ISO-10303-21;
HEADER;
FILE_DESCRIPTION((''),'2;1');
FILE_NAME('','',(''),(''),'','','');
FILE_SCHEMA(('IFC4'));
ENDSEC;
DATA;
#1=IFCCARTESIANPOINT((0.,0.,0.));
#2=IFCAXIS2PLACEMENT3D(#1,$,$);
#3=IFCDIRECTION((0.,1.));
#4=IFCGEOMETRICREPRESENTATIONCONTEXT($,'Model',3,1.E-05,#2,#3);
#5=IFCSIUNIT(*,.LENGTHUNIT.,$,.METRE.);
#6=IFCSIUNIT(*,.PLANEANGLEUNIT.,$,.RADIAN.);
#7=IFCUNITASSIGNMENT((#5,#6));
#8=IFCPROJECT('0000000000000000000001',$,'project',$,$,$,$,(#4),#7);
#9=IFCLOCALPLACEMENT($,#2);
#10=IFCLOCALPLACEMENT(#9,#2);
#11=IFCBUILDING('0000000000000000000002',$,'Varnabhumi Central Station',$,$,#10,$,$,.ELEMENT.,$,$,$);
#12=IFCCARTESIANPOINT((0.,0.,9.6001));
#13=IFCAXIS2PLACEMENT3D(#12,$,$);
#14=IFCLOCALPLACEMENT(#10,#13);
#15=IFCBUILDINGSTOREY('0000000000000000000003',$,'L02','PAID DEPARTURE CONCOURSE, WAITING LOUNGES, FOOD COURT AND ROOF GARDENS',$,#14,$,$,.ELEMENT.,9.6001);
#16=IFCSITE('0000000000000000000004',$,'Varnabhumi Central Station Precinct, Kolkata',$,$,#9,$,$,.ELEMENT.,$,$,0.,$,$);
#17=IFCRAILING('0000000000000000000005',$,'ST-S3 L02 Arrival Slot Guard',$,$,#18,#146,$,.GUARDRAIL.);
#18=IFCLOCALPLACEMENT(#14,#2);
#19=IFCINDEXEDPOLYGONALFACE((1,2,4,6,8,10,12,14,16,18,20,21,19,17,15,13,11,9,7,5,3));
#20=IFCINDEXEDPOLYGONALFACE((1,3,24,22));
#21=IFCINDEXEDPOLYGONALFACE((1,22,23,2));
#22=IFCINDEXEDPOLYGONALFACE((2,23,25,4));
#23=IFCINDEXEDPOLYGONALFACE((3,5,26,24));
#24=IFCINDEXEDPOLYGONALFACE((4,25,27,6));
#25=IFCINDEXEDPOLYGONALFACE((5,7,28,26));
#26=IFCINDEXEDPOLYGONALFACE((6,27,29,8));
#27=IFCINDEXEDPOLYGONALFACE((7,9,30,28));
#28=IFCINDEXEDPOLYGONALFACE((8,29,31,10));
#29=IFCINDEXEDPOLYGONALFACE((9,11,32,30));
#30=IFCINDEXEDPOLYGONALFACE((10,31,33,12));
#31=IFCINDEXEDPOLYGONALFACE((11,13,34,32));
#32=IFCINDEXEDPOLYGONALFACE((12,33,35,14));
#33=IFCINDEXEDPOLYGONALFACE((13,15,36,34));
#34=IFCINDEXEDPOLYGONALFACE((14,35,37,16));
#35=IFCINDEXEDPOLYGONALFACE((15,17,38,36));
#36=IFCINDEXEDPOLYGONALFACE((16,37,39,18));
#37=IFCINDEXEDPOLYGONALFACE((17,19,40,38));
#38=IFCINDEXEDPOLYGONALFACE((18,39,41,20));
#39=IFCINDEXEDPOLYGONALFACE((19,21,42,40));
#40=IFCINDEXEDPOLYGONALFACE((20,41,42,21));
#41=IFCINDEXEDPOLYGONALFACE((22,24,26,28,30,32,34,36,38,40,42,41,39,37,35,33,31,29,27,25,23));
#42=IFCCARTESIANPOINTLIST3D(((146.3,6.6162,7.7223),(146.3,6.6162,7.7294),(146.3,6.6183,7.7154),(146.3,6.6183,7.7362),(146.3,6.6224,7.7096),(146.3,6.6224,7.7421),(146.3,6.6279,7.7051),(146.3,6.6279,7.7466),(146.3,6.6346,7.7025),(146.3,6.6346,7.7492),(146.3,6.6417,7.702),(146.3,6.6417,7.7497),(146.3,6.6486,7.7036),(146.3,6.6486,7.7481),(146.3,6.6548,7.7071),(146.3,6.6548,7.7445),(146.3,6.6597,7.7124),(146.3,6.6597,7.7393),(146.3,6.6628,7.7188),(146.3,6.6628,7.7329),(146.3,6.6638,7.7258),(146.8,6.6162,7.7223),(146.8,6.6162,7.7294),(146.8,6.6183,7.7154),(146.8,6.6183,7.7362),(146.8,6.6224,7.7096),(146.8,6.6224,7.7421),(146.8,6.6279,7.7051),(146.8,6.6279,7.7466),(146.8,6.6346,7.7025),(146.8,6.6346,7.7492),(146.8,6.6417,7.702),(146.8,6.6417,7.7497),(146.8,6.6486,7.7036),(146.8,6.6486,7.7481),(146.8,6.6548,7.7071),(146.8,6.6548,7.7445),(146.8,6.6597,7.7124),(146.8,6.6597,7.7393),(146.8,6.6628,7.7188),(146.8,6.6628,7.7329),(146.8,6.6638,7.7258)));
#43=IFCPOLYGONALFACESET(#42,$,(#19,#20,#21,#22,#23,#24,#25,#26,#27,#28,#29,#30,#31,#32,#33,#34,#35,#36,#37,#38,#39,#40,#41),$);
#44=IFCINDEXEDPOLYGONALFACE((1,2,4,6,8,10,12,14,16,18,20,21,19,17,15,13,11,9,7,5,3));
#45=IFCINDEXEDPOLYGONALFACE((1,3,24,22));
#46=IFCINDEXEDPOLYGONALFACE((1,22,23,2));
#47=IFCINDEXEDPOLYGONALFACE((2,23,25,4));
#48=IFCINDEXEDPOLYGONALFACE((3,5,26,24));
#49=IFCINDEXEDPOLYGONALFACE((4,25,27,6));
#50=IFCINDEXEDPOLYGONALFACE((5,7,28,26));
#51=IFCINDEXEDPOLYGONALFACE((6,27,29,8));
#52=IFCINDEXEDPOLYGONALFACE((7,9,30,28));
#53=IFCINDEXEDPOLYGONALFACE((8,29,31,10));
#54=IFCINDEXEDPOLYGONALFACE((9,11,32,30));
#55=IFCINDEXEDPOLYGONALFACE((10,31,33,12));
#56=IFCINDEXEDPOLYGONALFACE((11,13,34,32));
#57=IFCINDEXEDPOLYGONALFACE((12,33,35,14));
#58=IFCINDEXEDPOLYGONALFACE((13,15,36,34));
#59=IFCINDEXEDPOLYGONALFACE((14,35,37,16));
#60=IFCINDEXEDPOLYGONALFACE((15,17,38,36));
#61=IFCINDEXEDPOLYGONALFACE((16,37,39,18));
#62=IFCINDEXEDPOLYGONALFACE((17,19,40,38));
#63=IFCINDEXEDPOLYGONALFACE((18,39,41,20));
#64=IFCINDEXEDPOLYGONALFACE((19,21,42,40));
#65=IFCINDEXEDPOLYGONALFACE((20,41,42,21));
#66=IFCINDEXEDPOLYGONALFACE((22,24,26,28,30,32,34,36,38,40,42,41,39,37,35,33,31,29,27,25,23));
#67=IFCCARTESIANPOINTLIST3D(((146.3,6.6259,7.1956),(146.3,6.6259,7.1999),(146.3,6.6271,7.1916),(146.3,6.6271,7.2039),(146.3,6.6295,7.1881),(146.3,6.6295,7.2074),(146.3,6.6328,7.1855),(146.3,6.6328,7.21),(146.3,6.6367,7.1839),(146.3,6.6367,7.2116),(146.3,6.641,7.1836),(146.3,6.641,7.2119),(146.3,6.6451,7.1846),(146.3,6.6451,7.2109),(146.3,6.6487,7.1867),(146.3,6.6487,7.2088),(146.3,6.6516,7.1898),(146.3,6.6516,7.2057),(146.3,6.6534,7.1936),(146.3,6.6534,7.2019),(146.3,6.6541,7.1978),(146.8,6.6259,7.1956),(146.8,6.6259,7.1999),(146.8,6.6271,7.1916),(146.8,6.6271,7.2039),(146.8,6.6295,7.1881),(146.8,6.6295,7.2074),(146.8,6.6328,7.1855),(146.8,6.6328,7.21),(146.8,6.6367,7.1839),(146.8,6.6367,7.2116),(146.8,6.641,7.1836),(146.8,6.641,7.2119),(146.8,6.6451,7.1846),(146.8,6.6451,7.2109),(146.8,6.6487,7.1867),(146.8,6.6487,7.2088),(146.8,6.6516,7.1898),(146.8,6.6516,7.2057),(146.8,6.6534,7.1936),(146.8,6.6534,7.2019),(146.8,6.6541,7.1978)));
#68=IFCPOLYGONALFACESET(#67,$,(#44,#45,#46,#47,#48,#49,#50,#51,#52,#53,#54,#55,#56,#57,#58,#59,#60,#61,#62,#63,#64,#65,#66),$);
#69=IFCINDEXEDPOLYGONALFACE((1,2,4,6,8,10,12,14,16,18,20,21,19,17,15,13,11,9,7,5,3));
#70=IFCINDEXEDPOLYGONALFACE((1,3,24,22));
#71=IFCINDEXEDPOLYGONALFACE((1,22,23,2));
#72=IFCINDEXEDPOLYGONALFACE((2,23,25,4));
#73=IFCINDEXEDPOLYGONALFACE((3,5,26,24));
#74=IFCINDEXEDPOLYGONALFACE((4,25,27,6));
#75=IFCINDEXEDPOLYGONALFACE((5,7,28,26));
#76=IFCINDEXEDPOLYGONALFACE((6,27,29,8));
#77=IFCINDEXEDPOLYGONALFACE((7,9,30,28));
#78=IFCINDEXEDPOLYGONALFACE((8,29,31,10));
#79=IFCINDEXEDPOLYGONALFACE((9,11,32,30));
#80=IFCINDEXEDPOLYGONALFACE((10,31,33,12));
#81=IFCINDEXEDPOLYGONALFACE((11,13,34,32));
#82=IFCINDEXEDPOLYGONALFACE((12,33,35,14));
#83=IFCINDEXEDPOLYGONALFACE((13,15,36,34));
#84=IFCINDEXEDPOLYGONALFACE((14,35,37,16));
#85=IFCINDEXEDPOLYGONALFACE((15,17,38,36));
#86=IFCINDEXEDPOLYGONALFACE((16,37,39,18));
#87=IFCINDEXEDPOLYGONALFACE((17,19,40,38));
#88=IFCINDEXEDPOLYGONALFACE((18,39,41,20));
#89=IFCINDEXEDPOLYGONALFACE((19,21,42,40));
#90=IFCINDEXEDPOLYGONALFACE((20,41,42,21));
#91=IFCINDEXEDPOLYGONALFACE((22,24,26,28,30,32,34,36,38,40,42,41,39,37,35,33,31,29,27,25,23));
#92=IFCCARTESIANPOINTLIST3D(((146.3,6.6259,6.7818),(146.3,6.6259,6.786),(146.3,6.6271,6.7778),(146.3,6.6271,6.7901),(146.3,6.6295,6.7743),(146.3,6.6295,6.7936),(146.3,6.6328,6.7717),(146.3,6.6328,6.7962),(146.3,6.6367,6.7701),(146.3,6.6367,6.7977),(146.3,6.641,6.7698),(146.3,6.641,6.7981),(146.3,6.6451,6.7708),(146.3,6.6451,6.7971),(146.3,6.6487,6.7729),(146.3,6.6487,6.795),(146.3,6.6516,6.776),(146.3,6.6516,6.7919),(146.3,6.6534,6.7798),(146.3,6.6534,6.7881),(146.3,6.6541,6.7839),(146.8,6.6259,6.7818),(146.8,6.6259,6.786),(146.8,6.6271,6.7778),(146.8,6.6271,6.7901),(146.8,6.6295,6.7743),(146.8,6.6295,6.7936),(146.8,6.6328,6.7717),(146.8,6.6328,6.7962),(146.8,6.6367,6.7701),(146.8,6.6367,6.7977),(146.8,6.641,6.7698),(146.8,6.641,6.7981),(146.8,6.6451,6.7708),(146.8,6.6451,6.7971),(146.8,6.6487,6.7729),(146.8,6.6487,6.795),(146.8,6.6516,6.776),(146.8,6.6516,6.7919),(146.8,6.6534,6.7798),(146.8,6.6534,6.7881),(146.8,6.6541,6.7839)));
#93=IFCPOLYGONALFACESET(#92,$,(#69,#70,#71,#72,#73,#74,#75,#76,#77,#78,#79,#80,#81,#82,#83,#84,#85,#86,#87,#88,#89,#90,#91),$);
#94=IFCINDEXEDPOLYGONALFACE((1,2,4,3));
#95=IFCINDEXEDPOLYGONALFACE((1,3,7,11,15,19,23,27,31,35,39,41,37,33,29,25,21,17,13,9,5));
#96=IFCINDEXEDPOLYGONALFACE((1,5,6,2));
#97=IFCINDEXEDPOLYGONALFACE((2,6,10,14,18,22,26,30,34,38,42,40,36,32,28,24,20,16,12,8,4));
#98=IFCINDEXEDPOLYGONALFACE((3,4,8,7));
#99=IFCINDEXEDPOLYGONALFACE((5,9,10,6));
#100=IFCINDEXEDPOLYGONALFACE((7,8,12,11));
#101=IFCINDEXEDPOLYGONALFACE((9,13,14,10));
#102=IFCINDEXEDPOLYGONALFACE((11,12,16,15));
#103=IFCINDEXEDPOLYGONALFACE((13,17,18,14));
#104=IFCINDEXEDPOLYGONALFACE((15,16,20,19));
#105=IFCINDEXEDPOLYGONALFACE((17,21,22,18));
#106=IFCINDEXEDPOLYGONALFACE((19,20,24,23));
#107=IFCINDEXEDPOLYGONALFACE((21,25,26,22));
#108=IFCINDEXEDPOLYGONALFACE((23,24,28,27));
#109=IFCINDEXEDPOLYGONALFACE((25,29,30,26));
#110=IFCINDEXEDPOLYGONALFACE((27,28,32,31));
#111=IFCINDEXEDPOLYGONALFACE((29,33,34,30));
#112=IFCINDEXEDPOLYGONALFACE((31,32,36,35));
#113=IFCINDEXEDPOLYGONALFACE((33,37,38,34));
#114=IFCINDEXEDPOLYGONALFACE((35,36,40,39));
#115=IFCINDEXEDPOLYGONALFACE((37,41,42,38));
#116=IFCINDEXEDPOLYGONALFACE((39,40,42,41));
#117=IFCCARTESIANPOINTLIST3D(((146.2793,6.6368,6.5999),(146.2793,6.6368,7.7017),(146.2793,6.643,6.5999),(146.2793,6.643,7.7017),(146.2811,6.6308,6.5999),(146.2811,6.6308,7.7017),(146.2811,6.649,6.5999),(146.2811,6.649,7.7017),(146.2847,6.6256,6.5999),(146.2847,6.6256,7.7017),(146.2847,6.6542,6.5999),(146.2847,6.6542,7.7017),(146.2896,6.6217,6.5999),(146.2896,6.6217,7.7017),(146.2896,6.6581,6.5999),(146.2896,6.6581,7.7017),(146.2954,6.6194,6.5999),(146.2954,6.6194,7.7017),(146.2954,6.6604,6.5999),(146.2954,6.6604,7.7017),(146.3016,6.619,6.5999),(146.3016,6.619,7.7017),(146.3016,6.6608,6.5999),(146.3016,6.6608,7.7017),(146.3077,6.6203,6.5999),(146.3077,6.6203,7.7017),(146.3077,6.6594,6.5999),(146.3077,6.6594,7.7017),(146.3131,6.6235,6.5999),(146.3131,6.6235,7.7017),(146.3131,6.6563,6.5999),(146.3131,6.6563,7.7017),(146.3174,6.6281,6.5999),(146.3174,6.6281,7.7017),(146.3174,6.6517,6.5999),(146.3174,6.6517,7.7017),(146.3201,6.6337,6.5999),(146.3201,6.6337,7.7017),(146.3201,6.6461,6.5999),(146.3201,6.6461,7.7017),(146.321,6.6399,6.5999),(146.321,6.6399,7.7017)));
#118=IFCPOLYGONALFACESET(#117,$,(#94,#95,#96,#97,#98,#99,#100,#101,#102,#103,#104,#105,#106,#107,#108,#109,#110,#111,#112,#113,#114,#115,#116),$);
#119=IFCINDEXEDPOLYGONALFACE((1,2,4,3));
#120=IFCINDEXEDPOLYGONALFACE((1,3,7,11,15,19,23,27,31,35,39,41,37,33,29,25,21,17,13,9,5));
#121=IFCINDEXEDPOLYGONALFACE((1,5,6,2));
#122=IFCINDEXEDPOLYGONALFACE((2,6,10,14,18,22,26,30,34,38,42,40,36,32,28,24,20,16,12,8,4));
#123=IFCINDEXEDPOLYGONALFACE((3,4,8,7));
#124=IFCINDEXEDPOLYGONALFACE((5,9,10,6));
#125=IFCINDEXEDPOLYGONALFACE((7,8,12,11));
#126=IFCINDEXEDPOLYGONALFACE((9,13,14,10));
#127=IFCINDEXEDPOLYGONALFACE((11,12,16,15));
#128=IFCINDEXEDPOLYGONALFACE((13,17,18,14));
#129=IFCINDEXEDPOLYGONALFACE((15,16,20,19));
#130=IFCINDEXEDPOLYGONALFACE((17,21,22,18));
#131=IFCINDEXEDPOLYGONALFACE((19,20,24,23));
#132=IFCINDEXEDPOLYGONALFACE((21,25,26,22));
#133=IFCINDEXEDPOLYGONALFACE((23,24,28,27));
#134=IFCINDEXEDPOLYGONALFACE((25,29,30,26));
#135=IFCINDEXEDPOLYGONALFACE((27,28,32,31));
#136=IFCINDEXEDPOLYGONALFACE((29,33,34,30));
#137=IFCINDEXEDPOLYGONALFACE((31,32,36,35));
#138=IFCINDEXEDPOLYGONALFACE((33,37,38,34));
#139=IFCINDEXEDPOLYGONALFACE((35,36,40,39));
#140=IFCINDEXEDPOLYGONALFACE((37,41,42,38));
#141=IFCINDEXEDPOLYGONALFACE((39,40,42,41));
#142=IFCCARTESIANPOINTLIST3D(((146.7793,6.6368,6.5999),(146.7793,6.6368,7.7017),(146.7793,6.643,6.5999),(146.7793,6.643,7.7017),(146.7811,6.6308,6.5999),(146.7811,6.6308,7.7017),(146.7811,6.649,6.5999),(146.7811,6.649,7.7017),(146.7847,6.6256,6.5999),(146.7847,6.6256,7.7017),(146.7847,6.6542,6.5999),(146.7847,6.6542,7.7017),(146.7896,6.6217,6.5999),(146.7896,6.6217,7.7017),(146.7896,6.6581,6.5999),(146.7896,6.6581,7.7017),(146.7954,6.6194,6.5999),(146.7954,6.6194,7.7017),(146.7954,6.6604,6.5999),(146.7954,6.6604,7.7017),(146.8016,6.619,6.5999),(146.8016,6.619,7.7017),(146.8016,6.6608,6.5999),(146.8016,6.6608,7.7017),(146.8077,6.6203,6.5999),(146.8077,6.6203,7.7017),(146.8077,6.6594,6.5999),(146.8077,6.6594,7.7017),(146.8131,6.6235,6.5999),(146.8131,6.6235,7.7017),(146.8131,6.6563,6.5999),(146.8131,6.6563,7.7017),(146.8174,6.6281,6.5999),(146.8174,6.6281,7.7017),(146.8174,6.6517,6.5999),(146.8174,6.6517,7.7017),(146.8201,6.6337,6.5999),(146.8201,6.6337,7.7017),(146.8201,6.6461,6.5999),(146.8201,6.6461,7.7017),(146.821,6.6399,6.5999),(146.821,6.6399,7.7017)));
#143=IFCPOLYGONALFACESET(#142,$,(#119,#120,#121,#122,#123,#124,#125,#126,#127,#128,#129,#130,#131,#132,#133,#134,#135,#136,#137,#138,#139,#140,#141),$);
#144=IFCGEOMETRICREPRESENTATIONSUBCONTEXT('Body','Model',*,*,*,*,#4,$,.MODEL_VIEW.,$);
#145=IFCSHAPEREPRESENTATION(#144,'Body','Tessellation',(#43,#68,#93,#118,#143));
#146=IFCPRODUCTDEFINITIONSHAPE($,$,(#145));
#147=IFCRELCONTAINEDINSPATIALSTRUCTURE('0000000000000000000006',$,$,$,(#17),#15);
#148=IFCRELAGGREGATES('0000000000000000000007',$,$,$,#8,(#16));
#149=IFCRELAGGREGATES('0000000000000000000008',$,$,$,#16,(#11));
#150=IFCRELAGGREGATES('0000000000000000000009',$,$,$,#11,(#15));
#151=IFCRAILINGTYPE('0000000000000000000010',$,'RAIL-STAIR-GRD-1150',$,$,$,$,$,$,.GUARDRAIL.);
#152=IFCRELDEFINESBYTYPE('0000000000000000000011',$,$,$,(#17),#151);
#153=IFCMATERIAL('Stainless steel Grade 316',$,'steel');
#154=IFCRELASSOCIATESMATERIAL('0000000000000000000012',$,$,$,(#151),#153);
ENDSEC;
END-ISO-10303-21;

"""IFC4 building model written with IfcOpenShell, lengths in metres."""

from ifc_helpers import new_model, si_unit, direction, frame, origin, origin_2d, place, context, subcontext, project, spatial, circle, extrude, material, type_object, element, save


model = new_model("IFC4")

# Units and contexts
model_context = context("Model", 3, precision=1e-05, world=origin(), true_north=direction((0.0, 1.0)))
body_context = subcontext(model_context, "Body", "Model", "MODEL_VIEW")
ifc_project = project(units=[si_unit("LENGTHUNIT", "METRE"), si_unit("PLANEANGLEUNIT", "RADIAN")], contexts=[model_context])

# Site, building, storey
site_placement = place(None, origin())
site = spatial("IfcSite", under=ifc_project, at=site_placement, Name="Varnabhumi Central Station Precinct, Kolkata", CompositionType="ELEMENT", RefElevation=0.0)
building_placement = place(site_placement, origin())
building = spatial("IfcBuilding", under=site, at=building_placement, Name="Varnabhumi Central Station", CompositionType="ELEMENT")
storey_placement = place(building_placement, frame((0.0, 0.0, 9.6001)))
storey = spatial("IfcBuildingStorey", under=building, at=storey_placement, Name="L02", Description="PAID DEPARTURE CONCOURSE, WAITING LOUNGES, FOOD COURT AND ROOF GARDENS", CompositionType="ELEMENT", Elevation=9.6001)

# Railing
ifc_material_1 = material(Name="Stainless steel Grade 316", Category="steel")
railing_type_1 = type_object("IfcRailingType", Name="RAIL-STAIR-GRD-1150", PredefinedType="GUARDRAIL", material=ifc_material_1)
railing_1_placement = place(storey_placement, frame((146.3, 6.6399, 6.5999)))
element("IfcRailing", 1, at=railing_1_placement, inside=storey, type_object=railing_type_1, Name="ST-S3 L02 Arrival Slot Guard", PredefinedType="GUARDRAIL", context=body_context, shape_type="SweptSolid", body=[
    extrude(circle(Radius=0.0239, at=origin_2d()), frame((0.0, 0.0, 1.126), z_axis=(1.0, 0.0, 0.0), x_axis=(0.0, 1.0, 0.0)), (0.0, 0.0, 1.0), 0.5),
    extrude(circle(Radius=0.0142, at=origin_2d()), frame((0.0, 0.0, 0.5979), z_axis=(1.0, 0.0, 0.0), x_axis=(0.0, 1.0, 0.0)), (0.0, 0.0, 1.0), 0.5),
    extrude(circle(Radius=0.0142, at=origin_2d()), frame((0.0, 0.0, 0.1841), z_axis=(1.0, 0.0, 0.0), x_axis=(0.0, 1.0, 0.0)), (0.0, 0.0, 1.0), 0.5),
    extrude(circle(Radius=0.021, at=origin_2d()), origin(), (0.0, 0.0, 1.0), 1.1018),
    extrude(circle(Radius=0.021, at=origin_2d()), frame((0.5, 0.0, 0.0)), (0.0, 0.0, 1.0), 1.1018),
])

save(model, "model.ifc")
